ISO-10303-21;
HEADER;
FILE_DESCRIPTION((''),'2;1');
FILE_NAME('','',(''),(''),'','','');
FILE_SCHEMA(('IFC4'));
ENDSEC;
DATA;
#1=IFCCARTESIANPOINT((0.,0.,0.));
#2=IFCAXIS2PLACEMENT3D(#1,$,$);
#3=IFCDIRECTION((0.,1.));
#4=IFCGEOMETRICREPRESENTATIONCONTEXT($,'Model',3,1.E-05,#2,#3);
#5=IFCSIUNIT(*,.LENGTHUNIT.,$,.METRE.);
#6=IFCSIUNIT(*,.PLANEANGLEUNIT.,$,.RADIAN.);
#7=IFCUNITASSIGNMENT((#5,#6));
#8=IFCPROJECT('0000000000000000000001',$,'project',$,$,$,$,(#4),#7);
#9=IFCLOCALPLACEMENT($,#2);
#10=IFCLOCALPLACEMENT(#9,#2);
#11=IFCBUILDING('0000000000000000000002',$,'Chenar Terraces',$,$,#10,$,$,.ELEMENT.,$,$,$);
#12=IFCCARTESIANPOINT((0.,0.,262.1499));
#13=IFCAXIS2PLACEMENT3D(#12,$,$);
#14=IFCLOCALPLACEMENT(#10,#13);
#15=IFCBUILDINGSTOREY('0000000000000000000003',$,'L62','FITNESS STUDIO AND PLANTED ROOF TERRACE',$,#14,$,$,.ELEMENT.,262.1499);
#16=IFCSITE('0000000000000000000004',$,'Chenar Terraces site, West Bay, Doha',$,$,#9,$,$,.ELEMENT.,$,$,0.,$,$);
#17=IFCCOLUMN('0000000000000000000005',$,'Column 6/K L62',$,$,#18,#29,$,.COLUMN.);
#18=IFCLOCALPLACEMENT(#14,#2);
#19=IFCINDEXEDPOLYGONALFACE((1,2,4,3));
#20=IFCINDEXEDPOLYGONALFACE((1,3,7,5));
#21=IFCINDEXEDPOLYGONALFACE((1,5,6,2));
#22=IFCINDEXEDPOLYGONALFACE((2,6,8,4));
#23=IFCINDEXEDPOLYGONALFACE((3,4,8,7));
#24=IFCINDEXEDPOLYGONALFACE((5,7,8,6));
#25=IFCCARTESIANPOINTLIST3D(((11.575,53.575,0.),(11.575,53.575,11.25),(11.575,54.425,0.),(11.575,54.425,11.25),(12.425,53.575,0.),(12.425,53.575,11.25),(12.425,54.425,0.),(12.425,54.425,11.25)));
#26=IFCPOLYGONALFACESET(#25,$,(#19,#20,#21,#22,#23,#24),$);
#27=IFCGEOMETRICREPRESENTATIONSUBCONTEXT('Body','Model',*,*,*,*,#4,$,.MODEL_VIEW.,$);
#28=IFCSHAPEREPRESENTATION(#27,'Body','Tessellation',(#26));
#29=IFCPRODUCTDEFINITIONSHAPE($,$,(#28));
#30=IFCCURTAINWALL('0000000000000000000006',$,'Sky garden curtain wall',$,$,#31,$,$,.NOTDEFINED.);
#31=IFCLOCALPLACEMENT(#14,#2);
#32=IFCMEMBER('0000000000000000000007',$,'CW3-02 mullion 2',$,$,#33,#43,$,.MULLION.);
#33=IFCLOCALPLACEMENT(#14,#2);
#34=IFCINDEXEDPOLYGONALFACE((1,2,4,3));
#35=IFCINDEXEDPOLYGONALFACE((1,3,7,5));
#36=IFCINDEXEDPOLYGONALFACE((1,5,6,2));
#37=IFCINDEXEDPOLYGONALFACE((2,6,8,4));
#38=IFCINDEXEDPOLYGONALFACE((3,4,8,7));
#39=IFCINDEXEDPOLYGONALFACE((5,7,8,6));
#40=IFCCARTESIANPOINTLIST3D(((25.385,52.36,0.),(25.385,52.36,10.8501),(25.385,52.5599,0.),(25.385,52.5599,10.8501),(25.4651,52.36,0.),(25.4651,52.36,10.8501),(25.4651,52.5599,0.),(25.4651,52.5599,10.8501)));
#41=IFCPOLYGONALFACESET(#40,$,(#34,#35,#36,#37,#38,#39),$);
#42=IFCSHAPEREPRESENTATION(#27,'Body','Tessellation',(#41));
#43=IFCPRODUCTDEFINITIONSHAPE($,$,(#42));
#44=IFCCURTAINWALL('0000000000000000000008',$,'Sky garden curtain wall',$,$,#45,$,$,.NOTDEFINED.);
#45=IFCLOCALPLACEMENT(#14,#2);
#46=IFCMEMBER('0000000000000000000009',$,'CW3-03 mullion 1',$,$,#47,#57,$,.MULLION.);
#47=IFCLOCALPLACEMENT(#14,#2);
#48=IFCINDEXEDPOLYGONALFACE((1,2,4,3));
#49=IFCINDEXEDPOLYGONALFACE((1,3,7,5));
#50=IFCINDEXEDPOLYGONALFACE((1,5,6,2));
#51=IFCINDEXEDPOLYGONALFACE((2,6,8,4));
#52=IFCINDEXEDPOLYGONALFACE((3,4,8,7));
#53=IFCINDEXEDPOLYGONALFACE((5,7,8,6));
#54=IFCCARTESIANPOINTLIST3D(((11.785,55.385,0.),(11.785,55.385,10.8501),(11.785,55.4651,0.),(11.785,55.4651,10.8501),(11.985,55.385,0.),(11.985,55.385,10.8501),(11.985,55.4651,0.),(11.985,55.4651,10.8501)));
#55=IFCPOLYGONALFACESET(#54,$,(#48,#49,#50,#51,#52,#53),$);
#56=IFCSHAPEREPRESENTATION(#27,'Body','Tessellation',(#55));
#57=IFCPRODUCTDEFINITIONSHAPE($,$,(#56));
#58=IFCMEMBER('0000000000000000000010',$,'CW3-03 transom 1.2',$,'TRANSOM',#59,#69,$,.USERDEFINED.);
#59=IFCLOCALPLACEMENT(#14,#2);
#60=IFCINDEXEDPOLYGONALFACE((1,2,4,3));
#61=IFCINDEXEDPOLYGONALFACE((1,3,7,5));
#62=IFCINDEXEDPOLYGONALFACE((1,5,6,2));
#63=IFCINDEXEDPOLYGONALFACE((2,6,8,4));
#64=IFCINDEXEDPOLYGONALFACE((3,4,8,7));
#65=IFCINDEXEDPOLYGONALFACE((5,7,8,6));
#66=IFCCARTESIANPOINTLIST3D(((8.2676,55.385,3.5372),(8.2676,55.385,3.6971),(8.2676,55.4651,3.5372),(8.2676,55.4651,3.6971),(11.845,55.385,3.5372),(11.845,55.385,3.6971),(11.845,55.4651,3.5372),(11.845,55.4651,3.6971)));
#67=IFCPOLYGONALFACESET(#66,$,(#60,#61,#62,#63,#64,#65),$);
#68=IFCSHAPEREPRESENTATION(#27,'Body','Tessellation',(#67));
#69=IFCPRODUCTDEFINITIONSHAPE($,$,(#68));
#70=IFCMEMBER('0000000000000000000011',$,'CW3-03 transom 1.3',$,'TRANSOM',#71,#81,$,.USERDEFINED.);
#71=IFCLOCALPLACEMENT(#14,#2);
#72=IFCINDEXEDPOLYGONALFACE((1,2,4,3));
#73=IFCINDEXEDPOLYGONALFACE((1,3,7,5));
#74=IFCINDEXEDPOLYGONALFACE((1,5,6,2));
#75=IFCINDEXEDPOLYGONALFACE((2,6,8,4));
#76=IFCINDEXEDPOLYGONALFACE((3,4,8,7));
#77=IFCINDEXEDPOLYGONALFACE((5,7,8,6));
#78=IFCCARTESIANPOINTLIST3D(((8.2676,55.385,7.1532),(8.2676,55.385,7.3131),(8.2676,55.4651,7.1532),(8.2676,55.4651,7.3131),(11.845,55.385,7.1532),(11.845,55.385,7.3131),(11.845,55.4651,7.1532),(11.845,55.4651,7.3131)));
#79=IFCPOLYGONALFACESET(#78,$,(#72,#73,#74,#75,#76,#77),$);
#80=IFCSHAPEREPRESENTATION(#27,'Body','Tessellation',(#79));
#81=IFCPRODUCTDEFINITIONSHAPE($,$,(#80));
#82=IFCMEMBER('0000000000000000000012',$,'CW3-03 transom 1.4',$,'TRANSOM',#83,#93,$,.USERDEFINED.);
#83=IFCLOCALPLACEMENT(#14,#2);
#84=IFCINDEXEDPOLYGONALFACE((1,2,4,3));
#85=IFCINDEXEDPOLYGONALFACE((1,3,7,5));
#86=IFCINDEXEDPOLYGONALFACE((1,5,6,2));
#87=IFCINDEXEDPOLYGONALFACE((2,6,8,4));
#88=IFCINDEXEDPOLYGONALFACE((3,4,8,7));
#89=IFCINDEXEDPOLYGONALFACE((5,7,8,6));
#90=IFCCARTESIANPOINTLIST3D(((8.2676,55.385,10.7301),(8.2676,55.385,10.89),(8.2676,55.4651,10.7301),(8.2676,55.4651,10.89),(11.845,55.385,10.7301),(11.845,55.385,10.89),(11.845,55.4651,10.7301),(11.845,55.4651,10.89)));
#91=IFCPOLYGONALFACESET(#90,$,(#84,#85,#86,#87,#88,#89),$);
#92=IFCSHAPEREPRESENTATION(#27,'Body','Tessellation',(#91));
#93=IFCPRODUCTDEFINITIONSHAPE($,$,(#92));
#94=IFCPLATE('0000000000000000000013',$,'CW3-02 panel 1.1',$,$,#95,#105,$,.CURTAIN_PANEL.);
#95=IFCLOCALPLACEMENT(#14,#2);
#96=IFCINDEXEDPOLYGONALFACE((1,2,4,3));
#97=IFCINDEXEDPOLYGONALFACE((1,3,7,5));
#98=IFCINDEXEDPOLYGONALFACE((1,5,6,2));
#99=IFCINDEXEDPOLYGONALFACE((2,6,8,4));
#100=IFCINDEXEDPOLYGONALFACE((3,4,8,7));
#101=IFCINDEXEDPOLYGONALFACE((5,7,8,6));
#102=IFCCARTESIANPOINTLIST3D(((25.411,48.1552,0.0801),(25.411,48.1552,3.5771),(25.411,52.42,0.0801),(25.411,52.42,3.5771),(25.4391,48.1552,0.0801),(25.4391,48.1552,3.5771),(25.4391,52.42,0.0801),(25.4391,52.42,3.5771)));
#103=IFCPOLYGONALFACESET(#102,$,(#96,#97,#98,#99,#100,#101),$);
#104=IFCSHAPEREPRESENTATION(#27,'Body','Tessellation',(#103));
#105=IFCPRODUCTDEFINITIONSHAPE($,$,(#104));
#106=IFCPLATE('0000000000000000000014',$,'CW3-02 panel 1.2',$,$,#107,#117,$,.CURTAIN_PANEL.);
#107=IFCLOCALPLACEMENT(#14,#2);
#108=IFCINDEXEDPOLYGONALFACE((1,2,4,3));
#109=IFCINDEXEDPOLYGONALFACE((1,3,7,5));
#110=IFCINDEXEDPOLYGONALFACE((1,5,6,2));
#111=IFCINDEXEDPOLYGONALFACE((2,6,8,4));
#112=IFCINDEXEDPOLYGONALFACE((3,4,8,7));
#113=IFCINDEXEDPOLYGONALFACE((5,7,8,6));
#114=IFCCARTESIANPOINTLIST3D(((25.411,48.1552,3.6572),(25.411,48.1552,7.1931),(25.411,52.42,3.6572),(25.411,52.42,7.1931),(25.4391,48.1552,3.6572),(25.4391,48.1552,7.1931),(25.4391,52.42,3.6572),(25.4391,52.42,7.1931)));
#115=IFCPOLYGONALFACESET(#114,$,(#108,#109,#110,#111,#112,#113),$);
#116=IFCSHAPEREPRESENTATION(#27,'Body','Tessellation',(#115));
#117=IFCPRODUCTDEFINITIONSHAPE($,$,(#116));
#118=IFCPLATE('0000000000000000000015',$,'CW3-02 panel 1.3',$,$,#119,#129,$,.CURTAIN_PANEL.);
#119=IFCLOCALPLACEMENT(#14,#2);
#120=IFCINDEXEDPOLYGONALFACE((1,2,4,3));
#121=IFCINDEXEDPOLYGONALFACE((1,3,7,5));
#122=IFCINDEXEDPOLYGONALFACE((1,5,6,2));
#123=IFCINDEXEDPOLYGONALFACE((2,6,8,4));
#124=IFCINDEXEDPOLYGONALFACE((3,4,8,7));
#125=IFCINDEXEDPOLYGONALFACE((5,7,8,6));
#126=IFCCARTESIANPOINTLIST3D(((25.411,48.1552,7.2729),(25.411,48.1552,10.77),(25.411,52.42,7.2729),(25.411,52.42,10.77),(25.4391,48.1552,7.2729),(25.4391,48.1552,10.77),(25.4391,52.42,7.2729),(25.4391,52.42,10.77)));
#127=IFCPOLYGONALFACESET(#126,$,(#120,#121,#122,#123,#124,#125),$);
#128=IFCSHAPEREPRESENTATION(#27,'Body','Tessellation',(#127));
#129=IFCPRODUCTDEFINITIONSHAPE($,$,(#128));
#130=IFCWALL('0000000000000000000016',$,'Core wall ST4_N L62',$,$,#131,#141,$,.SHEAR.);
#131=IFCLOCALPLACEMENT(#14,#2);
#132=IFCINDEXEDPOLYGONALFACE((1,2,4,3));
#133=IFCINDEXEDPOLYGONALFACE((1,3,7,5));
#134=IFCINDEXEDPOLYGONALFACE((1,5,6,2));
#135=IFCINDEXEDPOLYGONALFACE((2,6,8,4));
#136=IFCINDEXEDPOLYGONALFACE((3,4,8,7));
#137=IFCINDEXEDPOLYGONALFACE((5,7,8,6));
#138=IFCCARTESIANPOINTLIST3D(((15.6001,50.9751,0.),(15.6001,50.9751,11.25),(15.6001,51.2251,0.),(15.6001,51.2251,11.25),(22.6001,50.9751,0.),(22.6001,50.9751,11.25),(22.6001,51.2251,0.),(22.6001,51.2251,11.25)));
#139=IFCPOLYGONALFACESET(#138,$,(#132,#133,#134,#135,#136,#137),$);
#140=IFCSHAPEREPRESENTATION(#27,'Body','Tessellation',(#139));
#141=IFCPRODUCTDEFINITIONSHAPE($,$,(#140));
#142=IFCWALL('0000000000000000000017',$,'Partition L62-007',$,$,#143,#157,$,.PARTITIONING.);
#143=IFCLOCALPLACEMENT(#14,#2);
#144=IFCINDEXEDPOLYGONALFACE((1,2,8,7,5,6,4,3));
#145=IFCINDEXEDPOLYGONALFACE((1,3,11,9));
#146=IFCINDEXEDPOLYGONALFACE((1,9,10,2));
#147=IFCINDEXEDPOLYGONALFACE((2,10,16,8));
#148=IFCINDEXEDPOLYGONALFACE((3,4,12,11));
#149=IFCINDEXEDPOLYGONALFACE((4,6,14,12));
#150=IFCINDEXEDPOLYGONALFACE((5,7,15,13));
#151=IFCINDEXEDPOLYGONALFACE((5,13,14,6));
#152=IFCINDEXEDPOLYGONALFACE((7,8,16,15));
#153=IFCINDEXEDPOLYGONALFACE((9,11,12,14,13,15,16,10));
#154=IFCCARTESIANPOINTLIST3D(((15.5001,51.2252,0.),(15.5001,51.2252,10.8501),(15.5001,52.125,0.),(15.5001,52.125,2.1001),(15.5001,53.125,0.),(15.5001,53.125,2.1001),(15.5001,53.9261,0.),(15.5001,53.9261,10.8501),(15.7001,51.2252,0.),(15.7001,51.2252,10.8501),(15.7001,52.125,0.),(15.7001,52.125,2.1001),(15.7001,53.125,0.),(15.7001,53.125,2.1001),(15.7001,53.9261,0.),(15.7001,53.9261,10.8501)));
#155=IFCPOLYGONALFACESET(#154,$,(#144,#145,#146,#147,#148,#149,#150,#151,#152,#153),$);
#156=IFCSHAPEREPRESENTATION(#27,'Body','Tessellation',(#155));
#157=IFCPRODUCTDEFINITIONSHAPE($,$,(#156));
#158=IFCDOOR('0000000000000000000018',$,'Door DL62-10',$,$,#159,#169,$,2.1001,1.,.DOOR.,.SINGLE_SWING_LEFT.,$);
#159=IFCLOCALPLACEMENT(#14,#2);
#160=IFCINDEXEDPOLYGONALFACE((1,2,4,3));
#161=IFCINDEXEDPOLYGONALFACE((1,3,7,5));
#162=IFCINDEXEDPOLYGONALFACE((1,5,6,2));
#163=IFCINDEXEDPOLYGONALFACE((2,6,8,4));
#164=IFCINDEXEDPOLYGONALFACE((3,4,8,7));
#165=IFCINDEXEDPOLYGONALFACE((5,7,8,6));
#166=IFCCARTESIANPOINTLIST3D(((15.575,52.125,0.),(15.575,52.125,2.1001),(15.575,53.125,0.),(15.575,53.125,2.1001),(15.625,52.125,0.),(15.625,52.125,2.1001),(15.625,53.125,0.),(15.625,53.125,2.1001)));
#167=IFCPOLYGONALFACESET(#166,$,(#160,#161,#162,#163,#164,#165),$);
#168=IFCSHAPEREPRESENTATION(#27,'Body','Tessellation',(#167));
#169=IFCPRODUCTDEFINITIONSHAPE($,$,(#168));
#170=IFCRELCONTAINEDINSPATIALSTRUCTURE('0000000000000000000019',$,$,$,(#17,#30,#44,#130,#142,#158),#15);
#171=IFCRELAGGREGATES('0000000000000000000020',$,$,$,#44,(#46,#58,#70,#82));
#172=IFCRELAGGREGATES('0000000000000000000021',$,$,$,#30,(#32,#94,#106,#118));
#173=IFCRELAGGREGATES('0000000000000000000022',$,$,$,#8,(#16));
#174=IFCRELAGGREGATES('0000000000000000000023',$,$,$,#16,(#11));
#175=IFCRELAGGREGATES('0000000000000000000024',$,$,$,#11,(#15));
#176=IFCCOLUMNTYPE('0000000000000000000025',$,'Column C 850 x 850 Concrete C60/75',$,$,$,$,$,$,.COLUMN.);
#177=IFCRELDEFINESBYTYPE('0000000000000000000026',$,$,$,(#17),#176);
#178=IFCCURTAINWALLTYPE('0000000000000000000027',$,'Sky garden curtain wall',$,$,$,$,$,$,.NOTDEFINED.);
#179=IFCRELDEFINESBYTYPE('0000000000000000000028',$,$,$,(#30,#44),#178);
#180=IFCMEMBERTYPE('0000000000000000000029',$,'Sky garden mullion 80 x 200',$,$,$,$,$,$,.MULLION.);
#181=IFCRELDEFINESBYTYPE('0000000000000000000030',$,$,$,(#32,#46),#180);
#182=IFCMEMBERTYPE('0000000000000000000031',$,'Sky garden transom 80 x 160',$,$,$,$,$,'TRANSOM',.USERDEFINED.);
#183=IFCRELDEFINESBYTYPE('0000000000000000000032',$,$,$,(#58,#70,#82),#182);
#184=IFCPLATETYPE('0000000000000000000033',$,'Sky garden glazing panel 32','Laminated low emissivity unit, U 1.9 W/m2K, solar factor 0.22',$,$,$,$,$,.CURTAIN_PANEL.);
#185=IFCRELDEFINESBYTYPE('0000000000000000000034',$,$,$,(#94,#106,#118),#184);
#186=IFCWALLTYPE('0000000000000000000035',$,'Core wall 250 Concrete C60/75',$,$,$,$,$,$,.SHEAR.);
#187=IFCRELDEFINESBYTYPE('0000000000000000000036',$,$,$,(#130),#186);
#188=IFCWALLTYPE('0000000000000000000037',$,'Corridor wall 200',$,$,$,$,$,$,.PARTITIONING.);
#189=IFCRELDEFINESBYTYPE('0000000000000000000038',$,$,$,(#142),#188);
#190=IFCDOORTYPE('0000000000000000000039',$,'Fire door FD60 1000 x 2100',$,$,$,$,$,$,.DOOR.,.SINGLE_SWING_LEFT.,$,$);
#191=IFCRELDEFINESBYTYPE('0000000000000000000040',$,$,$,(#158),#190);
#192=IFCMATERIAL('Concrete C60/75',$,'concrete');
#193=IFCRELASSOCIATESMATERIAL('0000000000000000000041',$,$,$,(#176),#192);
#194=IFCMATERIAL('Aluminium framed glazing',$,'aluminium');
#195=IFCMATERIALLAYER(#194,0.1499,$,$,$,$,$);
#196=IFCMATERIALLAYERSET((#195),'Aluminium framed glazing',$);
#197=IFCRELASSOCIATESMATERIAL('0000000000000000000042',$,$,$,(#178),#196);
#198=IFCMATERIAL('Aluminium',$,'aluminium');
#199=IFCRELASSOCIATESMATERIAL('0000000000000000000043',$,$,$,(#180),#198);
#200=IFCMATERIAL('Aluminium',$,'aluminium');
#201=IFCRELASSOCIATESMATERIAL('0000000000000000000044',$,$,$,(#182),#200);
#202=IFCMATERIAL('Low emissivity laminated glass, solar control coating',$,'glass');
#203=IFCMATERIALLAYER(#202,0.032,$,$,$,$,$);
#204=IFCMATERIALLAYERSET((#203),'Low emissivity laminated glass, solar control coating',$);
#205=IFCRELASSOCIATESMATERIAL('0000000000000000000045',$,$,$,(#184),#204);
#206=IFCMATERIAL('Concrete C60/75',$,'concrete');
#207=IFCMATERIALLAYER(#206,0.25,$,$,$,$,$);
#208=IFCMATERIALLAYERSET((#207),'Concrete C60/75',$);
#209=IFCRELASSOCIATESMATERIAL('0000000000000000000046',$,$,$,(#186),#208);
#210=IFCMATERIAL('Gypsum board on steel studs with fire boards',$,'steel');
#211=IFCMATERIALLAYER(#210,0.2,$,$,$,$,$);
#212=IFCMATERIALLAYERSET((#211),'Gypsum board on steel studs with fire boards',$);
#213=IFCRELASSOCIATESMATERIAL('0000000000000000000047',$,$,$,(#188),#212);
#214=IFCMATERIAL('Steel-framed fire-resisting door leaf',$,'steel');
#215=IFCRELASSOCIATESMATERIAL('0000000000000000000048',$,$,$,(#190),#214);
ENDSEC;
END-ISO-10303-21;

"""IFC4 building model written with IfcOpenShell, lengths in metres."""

from ifc_helpers import new_model, si_unit, direction, frame, frame_2d, origin, origin_2d, place, context, subcontext, project, spatial, rectangle, extrude, material, layer, layer_set, material_profile, profile_set, type_object, element, fill, aggregate, save


model = new_model("IFC4")

# Units and contexts
model_context = context("Model", 3, precision=1e-05, world=origin(), true_north=direction((0.0, 1.0)))
body_context = subcontext(model_context, "Body", "Model", "MODEL_VIEW")
ifc_project = project(units=[si_unit("LENGTHUNIT", "METRE"), si_unit("PLANEANGLEUNIT", "RADIAN")], contexts=[model_context])

# Site, building, storey
site_placement = place(None, origin())
site = spatial("IfcSite", under=ifc_project, at=site_placement, Name="Chenar Terraces site, West Bay, Doha", CompositionType="ELEMENT", RefElevation=0.0)
building_placement = place(site_placement, origin())
building = spatial("IfcBuilding", under=site, at=building_placement, Name="Chenar Terraces", CompositionType="ELEMENT")
storey_placement = place(building_placement, frame((0.0, 0.0, 262.1499)))
storey = spatial("IfcBuildingStorey", under=building, at=storey_placement, Name="L62", Description="FITNESS STUDIO AND PLANTED ROOF TERRACE", CompositionType="ELEMENT", Elevation=262.1499)

# Column
ifc_material_1 = material(Name="Concrete C60/75", Category="concrete")
ifc_material_profile_1 = material_profile(ifc_material_1, rectangle(XDim=0.8501, YDim=0.8501, at=origin_2d()), Name="C 850 x 850")
ifc_profile_set_1 = profile_set([ifc_material_profile_1], Name="Concrete C60/75")
column_type = type_object("IfcColumnType", Name="Column C 850 x 850 Concrete C60/75", PredefinedType="COLUMN", material=ifc_profile_set_1)
column_placement = place(storey_placement, frame((12.0, 54.0, 0.0), z_axis=(0.0, 0.0, 1.0), x_axis=(1.0, 0.0, 0.0)))
element("IfcColumn", 1, at=column_placement, inside=storey, type_object=column_type, Name="Column 6/K L62", PredefinedType="COLUMN", context=body_context, shape_type="SweptSolid", body=[
    extrude(rectangle(XDim=0.8501, YDim=0.8501, at=origin_2d()), origin(), (0.0, 0.0, 1.0), 11.25),
])

# Curtain wall, member
ifc_material_2 = material(Name="Aluminium framed glazing", Category="aluminium")
ifc_layer_1 = layer(ifc_material_2, 0.1499)
ifc_layer_set_1 = layer_set([ifc_layer_1], Name="Aluminium framed glazing")
curtain_wall_type = type_object("IfcCurtainWallType", Name="Sky garden curtain wall", PredefinedType="NOTDEFINED", material=ifc_layer_set_1)
placement = place(storey_placement, origin())
curtain_wall_1 = element("IfcCurtainWall", 2, at=placement, inside=storey, type_object=curtain_wall_type, Name="Sky garden curtain wall", PredefinedType="NOTDEFINED")
ifc_material_3 = material(Name="Aluminium", Category="aluminium")
ifc_material_profile_2 = material_profile(ifc_material_3, rectangle(XDim=0.0801, YDim=0.2, at=origin_2d()), Name="Sky garden mullion 80 x 200")
ifc_profile_set_2 = profile_set([ifc_material_profile_2], Name="Aluminium")
member_type_1 = type_object("IfcMemberType", Name="Sky garden mullion 80 x 200", PredefinedType="MULLION", material=ifc_profile_set_2)
member_1_placement = place(storey_placement, frame((25.425, 52.46, 0.0), z_axis=(0.0, 0.0, 1.0), x_axis=(-1.0, 0.0, 0.0)))
member_1 = element("IfcMember", 3, at=member_1_placement, type_object=member_type_1, Name="CW3-02 mullion 2", PredefinedType="MULLION", context=body_context, shape_type="SweptSolid", body=[
    extrude(rectangle(XDim=0.0801, YDim=0.2, at=origin_2d()), origin(), (0.0, 0.0, 1.0), 10.8501),
])

# Curtain wall, members
curtain_wall_2 = element("IfcCurtainWall", 4, at=placement, inside=storey, type_object=curtain_wall_type, Name="Sky garden curtain wall", PredefinedType="NOTDEFINED")
member_2_placement = place(storey_placement, frame((11.885, 55.425, 0.0), z_axis=(0.0, 0.0, 1.0), x_axis=(0.0, -1.0, 0.0)))
member_2 = element("IfcMember", 5, at=member_2_placement, type_object=member_type_1, Name="CW3-03 mullion 1", PredefinedType="MULLION", context=body_context, shape_type="SweptSolid", body=[
    extrude(rectangle(XDim=0.0801, YDim=0.2, at=origin_2d()), origin(), (0.0, 0.0, 1.0), 10.8501),
])
ifc_material_4 = material(Name="Aluminium", Category="aluminium")
ifc_material_profile_3 = material_profile(ifc_material_4, rectangle(XDim=0.0801, YDim=0.1599, at=origin_2d()), Name="Sky garden transom 80 x 160")
ifc_profile_set_3 = profile_set([ifc_material_profile_3], Name="Aluminium")
member_type_2 = type_object("IfcMemberType", Name="Sky garden transom 80 x 160", ElementType="TRANSOM", PredefinedType="USERDEFINED", material=ifc_profile_set_3)
member_3_placement = place(storey_placement, frame((11.845, 55.425, 3.6172), z_axis=(-1.0, 0.0, 0.0), x_axis=(0.0, -1.0, 0.0)))
member_3 = element("IfcMember", 6, at=member_3_placement, type_object=member_type_2, Name="CW3-03 transom 1.2", ObjectType="TRANSOM", PredefinedType="USERDEFINED", context=body_context, shape_type="SweptSolid", body=[
    extrude(rectangle(XDim=0.0801, YDim=0.1599, at=origin_2d()), origin(), (0.0, 0.0, 1.0), 3.5774),
])
member_4_placement = place(storey_placement, frame((11.845, 55.425, 7.2332), z_axis=(-1.0, 0.0, 0.0), x_axis=(0.0, -1.0, 0.0)))
member_4 = element("IfcMember", 7, at=member_4_placement, type_object=member_type_2, Name="CW3-03 transom 1.3", ObjectType="TRANSOM", PredefinedType="USERDEFINED", context=body_context, shape_type="SweptSolid", body=[
    extrude(rectangle(XDim=0.0801, YDim=0.1599, at=origin_2d()), origin(), (0.0, 0.0, 1.0), 3.5774),
])
member_5_placement = place(storey_placement, frame((11.845, 55.425, 10.8101), z_axis=(-1.0, 0.0, 0.0), x_axis=(0.0, -1.0, 0.0)))
member_5 = element("IfcMember", 8, at=member_5_placement, type_object=member_type_2, Name="CW3-03 transom 1.4", ObjectType="TRANSOM", PredefinedType="USERDEFINED", context=body_context, shape_type="SweptSolid", body=[
    extrude(rectangle(XDim=0.0801, YDim=0.1599, at=origin_2d()), origin(), (0.0, 0.0, 1.0), 3.5774),
])
aggregate(curtain_wall_2, [member_2, member_3, member_4, member_5])

# Plates
ifc_material_5 = material(Name="Low emissivity laminated glass, solar control coating", Category="glass")
ifc_layer_2 = layer(ifc_material_5, 0.032)
ifc_layer_set_2 = layer_set([ifc_layer_2], Name="Low emissivity laminated glass, solar control coating")
plate_type = type_object("IfcPlateType", Name="Sky garden glazing panel 32", Description="Laminated low emissivity unit, U 1.9 W/m2K, solar factor 0.22", PredefinedType="CURTAIN_PANEL", material=ifc_layer_set_2)
plate_1_placement = place(storey_placement, frame((25.425, 50.2876, 0.0801), z_axis=(0.0, 0.0, 1.0), x_axis=(0.0, 1.0, 0.0)))
plate_1 = element("IfcPlate", 9, at=plate_1_placement, type_object=plate_type, Name="CW3-02 panel 1.1", PredefinedType="CURTAIN_PANEL", context=body_context, shape_type="SweptSolid", body=[
    extrude(rectangle(XDim=4.2649, YDim=0.0281, at=origin_2d()), origin(), (0.0, 0.0, 1.0), 3.4971),
])
plate_2_placement = place(storey_placement, frame((25.425, 50.2876, 3.6572), z_axis=(0.0, 0.0, 1.0), x_axis=(0.0, 1.0, 0.0)))
plate_2 = element("IfcPlate", 10, at=plate_2_placement, type_object=plate_type, Name="CW3-02 panel 1.2", PredefinedType="CURTAIN_PANEL", context=body_context, shape_type="SweptSolid", body=[
    extrude(rectangle(XDim=4.2649, YDim=0.0281, at=origin_2d()), origin(), (0.0, 0.0, 1.0), 3.5359),
])
plate_3_placement = place(storey_placement, frame((25.425, 50.2876, 7.2729), z_axis=(0.0, 0.0, 1.0), x_axis=(0.0, 1.0, 0.0)))
plate_3 = element("IfcPlate", 11, at=plate_3_placement, type_object=plate_type, Name="CW3-02 panel 1.3", PredefinedType="CURTAIN_PANEL", context=body_context, shape_type="SweptSolid", body=[
    extrude(rectangle(XDim=4.2649, YDim=0.0281, at=origin_2d()), origin(), (0.0, 0.0, 1.0), 3.4971),
])
aggregate(curtain_wall_1, [member_1, plate_1, plate_2, plate_3])

# Wall
ifc_material_6 = material(Name="Concrete C60/75", Category="concrete")
ifc_layer_3 = layer(ifc_material_6, 0.25)
ifc_layer_set_3 = layer_set([ifc_layer_3], Name="Concrete C60/75")
wall_type_1 = type_object("IfcWallType", Name="Core wall 250 Concrete C60/75", PredefinedType="SHEAR", material=ifc_layer_set_3)
wall_1_placement = place(storey_placement, frame((15.6001, 51.1001, 0.0), z_axis=(0.0, 0.0, 1.0), x_axis=(1.0, 0.0, 0.0)))
element("IfcWall", 12, at=wall_1_placement, inside=storey, type_object=wall_type_1, Name="Core wall ST4_N L62", PredefinedType="SHEAR", context=body_context, shape_type="SweptSolid", body=[
    extrude(rectangle(XDim=7.0, YDim=0.25, at=frame_2d((3.5, 0.0))), origin(), (0.0, 0.0, 1.0), 11.25),
])

# Wall, opening, door
ifc_material_7 = material(Name="Gypsum board on steel studs with fire boards", Category="steel")
ifc_layer_4 = layer(ifc_material_7, 0.2)
ifc_layer_set_4 = layer_set([ifc_layer_4], Name="Gypsum board on steel studs with fire boards")
wall_type_2 = type_object("IfcWallType", Name="Corridor wall 200", PredefinedType="PARTITIONING", material=ifc_layer_set_4)
wall_2_placement = place(storey_placement, frame((15.6001, 51.2251, 0.0), z_axis=(0.0, 0.0, 1.0), x_axis=(0.0, 1.0, 0.0)))
wall_2 = element("IfcWall", 13, at=wall_2_placement, inside=storey, type_object=wall_type_2, Name="Partition L62-007", PredefinedType="PARTITIONING", context=body_context, shape_type="SweptSolid", body=[
    extrude(rectangle(XDim=2.7009, YDim=0.2, at=frame_2d((1.3506, 0.0))), origin(), (0.0, 0.0, 1.0), 10.8501),
])
opening_1_placement = place(wall_2_placement, frame((0.8999, 0.0, 0.0)))
opening_1 = element("IfcOpeningElement", 14, at=opening_1_placement, cuts=wall_2, PredefinedType="OPENING", context=body_context, shape_type="SweptSolid", body=[
    extrude(rectangle(XDim=1.0, YDim=2.1001, at=frame_2d((0.5, 1.05))), frame((0.0, 0.1099, 0.0), z_axis=(0.0, -1.0, 0.0), x_axis=(1.0, 0.0, 0.0)), (0.0, 0.0, 1.0), 0.22),
])
ifc_material_8 = material(Name="Steel-framed fire-resisting door leaf", Category="steel")
door_type = type_object("IfcDoorType", Name="Fire door FD60 1000 x 2100", OperationType="SINGLE_SWING_LEFT", PredefinedType="DOOR", material=ifc_material_8)
door_placement = place(opening_1_placement, frame((1.0, 0.0, 0.0), z_axis=(0.0, 0.0, 1.0), x_axis=(-1.0, 0.0, 0.0)))
door = element("IfcDoor", 15, at=door_placement, inside=storey, type_object=door_type, Name="Door DL62-10", OperationType="SINGLE_SWING_LEFT", OverallHeight=2.1001, OverallWidth=1.0, PredefinedType="DOOR", context=body_context, shape_type="SweptSolid", body=[
    extrude(rectangle(XDim=1.0, YDim=2.1001, at=frame_2d((0.5, 1.05))), frame((0.0, 0.0249, 0.0), z_axis=(0.0, -1.0, 0.0), x_axis=(1.0, 0.0, 0.0)), (0.0, 0.0, 1.0), 0.05),
])
fill(opening_1, door)

save(model, "model.ifc")
